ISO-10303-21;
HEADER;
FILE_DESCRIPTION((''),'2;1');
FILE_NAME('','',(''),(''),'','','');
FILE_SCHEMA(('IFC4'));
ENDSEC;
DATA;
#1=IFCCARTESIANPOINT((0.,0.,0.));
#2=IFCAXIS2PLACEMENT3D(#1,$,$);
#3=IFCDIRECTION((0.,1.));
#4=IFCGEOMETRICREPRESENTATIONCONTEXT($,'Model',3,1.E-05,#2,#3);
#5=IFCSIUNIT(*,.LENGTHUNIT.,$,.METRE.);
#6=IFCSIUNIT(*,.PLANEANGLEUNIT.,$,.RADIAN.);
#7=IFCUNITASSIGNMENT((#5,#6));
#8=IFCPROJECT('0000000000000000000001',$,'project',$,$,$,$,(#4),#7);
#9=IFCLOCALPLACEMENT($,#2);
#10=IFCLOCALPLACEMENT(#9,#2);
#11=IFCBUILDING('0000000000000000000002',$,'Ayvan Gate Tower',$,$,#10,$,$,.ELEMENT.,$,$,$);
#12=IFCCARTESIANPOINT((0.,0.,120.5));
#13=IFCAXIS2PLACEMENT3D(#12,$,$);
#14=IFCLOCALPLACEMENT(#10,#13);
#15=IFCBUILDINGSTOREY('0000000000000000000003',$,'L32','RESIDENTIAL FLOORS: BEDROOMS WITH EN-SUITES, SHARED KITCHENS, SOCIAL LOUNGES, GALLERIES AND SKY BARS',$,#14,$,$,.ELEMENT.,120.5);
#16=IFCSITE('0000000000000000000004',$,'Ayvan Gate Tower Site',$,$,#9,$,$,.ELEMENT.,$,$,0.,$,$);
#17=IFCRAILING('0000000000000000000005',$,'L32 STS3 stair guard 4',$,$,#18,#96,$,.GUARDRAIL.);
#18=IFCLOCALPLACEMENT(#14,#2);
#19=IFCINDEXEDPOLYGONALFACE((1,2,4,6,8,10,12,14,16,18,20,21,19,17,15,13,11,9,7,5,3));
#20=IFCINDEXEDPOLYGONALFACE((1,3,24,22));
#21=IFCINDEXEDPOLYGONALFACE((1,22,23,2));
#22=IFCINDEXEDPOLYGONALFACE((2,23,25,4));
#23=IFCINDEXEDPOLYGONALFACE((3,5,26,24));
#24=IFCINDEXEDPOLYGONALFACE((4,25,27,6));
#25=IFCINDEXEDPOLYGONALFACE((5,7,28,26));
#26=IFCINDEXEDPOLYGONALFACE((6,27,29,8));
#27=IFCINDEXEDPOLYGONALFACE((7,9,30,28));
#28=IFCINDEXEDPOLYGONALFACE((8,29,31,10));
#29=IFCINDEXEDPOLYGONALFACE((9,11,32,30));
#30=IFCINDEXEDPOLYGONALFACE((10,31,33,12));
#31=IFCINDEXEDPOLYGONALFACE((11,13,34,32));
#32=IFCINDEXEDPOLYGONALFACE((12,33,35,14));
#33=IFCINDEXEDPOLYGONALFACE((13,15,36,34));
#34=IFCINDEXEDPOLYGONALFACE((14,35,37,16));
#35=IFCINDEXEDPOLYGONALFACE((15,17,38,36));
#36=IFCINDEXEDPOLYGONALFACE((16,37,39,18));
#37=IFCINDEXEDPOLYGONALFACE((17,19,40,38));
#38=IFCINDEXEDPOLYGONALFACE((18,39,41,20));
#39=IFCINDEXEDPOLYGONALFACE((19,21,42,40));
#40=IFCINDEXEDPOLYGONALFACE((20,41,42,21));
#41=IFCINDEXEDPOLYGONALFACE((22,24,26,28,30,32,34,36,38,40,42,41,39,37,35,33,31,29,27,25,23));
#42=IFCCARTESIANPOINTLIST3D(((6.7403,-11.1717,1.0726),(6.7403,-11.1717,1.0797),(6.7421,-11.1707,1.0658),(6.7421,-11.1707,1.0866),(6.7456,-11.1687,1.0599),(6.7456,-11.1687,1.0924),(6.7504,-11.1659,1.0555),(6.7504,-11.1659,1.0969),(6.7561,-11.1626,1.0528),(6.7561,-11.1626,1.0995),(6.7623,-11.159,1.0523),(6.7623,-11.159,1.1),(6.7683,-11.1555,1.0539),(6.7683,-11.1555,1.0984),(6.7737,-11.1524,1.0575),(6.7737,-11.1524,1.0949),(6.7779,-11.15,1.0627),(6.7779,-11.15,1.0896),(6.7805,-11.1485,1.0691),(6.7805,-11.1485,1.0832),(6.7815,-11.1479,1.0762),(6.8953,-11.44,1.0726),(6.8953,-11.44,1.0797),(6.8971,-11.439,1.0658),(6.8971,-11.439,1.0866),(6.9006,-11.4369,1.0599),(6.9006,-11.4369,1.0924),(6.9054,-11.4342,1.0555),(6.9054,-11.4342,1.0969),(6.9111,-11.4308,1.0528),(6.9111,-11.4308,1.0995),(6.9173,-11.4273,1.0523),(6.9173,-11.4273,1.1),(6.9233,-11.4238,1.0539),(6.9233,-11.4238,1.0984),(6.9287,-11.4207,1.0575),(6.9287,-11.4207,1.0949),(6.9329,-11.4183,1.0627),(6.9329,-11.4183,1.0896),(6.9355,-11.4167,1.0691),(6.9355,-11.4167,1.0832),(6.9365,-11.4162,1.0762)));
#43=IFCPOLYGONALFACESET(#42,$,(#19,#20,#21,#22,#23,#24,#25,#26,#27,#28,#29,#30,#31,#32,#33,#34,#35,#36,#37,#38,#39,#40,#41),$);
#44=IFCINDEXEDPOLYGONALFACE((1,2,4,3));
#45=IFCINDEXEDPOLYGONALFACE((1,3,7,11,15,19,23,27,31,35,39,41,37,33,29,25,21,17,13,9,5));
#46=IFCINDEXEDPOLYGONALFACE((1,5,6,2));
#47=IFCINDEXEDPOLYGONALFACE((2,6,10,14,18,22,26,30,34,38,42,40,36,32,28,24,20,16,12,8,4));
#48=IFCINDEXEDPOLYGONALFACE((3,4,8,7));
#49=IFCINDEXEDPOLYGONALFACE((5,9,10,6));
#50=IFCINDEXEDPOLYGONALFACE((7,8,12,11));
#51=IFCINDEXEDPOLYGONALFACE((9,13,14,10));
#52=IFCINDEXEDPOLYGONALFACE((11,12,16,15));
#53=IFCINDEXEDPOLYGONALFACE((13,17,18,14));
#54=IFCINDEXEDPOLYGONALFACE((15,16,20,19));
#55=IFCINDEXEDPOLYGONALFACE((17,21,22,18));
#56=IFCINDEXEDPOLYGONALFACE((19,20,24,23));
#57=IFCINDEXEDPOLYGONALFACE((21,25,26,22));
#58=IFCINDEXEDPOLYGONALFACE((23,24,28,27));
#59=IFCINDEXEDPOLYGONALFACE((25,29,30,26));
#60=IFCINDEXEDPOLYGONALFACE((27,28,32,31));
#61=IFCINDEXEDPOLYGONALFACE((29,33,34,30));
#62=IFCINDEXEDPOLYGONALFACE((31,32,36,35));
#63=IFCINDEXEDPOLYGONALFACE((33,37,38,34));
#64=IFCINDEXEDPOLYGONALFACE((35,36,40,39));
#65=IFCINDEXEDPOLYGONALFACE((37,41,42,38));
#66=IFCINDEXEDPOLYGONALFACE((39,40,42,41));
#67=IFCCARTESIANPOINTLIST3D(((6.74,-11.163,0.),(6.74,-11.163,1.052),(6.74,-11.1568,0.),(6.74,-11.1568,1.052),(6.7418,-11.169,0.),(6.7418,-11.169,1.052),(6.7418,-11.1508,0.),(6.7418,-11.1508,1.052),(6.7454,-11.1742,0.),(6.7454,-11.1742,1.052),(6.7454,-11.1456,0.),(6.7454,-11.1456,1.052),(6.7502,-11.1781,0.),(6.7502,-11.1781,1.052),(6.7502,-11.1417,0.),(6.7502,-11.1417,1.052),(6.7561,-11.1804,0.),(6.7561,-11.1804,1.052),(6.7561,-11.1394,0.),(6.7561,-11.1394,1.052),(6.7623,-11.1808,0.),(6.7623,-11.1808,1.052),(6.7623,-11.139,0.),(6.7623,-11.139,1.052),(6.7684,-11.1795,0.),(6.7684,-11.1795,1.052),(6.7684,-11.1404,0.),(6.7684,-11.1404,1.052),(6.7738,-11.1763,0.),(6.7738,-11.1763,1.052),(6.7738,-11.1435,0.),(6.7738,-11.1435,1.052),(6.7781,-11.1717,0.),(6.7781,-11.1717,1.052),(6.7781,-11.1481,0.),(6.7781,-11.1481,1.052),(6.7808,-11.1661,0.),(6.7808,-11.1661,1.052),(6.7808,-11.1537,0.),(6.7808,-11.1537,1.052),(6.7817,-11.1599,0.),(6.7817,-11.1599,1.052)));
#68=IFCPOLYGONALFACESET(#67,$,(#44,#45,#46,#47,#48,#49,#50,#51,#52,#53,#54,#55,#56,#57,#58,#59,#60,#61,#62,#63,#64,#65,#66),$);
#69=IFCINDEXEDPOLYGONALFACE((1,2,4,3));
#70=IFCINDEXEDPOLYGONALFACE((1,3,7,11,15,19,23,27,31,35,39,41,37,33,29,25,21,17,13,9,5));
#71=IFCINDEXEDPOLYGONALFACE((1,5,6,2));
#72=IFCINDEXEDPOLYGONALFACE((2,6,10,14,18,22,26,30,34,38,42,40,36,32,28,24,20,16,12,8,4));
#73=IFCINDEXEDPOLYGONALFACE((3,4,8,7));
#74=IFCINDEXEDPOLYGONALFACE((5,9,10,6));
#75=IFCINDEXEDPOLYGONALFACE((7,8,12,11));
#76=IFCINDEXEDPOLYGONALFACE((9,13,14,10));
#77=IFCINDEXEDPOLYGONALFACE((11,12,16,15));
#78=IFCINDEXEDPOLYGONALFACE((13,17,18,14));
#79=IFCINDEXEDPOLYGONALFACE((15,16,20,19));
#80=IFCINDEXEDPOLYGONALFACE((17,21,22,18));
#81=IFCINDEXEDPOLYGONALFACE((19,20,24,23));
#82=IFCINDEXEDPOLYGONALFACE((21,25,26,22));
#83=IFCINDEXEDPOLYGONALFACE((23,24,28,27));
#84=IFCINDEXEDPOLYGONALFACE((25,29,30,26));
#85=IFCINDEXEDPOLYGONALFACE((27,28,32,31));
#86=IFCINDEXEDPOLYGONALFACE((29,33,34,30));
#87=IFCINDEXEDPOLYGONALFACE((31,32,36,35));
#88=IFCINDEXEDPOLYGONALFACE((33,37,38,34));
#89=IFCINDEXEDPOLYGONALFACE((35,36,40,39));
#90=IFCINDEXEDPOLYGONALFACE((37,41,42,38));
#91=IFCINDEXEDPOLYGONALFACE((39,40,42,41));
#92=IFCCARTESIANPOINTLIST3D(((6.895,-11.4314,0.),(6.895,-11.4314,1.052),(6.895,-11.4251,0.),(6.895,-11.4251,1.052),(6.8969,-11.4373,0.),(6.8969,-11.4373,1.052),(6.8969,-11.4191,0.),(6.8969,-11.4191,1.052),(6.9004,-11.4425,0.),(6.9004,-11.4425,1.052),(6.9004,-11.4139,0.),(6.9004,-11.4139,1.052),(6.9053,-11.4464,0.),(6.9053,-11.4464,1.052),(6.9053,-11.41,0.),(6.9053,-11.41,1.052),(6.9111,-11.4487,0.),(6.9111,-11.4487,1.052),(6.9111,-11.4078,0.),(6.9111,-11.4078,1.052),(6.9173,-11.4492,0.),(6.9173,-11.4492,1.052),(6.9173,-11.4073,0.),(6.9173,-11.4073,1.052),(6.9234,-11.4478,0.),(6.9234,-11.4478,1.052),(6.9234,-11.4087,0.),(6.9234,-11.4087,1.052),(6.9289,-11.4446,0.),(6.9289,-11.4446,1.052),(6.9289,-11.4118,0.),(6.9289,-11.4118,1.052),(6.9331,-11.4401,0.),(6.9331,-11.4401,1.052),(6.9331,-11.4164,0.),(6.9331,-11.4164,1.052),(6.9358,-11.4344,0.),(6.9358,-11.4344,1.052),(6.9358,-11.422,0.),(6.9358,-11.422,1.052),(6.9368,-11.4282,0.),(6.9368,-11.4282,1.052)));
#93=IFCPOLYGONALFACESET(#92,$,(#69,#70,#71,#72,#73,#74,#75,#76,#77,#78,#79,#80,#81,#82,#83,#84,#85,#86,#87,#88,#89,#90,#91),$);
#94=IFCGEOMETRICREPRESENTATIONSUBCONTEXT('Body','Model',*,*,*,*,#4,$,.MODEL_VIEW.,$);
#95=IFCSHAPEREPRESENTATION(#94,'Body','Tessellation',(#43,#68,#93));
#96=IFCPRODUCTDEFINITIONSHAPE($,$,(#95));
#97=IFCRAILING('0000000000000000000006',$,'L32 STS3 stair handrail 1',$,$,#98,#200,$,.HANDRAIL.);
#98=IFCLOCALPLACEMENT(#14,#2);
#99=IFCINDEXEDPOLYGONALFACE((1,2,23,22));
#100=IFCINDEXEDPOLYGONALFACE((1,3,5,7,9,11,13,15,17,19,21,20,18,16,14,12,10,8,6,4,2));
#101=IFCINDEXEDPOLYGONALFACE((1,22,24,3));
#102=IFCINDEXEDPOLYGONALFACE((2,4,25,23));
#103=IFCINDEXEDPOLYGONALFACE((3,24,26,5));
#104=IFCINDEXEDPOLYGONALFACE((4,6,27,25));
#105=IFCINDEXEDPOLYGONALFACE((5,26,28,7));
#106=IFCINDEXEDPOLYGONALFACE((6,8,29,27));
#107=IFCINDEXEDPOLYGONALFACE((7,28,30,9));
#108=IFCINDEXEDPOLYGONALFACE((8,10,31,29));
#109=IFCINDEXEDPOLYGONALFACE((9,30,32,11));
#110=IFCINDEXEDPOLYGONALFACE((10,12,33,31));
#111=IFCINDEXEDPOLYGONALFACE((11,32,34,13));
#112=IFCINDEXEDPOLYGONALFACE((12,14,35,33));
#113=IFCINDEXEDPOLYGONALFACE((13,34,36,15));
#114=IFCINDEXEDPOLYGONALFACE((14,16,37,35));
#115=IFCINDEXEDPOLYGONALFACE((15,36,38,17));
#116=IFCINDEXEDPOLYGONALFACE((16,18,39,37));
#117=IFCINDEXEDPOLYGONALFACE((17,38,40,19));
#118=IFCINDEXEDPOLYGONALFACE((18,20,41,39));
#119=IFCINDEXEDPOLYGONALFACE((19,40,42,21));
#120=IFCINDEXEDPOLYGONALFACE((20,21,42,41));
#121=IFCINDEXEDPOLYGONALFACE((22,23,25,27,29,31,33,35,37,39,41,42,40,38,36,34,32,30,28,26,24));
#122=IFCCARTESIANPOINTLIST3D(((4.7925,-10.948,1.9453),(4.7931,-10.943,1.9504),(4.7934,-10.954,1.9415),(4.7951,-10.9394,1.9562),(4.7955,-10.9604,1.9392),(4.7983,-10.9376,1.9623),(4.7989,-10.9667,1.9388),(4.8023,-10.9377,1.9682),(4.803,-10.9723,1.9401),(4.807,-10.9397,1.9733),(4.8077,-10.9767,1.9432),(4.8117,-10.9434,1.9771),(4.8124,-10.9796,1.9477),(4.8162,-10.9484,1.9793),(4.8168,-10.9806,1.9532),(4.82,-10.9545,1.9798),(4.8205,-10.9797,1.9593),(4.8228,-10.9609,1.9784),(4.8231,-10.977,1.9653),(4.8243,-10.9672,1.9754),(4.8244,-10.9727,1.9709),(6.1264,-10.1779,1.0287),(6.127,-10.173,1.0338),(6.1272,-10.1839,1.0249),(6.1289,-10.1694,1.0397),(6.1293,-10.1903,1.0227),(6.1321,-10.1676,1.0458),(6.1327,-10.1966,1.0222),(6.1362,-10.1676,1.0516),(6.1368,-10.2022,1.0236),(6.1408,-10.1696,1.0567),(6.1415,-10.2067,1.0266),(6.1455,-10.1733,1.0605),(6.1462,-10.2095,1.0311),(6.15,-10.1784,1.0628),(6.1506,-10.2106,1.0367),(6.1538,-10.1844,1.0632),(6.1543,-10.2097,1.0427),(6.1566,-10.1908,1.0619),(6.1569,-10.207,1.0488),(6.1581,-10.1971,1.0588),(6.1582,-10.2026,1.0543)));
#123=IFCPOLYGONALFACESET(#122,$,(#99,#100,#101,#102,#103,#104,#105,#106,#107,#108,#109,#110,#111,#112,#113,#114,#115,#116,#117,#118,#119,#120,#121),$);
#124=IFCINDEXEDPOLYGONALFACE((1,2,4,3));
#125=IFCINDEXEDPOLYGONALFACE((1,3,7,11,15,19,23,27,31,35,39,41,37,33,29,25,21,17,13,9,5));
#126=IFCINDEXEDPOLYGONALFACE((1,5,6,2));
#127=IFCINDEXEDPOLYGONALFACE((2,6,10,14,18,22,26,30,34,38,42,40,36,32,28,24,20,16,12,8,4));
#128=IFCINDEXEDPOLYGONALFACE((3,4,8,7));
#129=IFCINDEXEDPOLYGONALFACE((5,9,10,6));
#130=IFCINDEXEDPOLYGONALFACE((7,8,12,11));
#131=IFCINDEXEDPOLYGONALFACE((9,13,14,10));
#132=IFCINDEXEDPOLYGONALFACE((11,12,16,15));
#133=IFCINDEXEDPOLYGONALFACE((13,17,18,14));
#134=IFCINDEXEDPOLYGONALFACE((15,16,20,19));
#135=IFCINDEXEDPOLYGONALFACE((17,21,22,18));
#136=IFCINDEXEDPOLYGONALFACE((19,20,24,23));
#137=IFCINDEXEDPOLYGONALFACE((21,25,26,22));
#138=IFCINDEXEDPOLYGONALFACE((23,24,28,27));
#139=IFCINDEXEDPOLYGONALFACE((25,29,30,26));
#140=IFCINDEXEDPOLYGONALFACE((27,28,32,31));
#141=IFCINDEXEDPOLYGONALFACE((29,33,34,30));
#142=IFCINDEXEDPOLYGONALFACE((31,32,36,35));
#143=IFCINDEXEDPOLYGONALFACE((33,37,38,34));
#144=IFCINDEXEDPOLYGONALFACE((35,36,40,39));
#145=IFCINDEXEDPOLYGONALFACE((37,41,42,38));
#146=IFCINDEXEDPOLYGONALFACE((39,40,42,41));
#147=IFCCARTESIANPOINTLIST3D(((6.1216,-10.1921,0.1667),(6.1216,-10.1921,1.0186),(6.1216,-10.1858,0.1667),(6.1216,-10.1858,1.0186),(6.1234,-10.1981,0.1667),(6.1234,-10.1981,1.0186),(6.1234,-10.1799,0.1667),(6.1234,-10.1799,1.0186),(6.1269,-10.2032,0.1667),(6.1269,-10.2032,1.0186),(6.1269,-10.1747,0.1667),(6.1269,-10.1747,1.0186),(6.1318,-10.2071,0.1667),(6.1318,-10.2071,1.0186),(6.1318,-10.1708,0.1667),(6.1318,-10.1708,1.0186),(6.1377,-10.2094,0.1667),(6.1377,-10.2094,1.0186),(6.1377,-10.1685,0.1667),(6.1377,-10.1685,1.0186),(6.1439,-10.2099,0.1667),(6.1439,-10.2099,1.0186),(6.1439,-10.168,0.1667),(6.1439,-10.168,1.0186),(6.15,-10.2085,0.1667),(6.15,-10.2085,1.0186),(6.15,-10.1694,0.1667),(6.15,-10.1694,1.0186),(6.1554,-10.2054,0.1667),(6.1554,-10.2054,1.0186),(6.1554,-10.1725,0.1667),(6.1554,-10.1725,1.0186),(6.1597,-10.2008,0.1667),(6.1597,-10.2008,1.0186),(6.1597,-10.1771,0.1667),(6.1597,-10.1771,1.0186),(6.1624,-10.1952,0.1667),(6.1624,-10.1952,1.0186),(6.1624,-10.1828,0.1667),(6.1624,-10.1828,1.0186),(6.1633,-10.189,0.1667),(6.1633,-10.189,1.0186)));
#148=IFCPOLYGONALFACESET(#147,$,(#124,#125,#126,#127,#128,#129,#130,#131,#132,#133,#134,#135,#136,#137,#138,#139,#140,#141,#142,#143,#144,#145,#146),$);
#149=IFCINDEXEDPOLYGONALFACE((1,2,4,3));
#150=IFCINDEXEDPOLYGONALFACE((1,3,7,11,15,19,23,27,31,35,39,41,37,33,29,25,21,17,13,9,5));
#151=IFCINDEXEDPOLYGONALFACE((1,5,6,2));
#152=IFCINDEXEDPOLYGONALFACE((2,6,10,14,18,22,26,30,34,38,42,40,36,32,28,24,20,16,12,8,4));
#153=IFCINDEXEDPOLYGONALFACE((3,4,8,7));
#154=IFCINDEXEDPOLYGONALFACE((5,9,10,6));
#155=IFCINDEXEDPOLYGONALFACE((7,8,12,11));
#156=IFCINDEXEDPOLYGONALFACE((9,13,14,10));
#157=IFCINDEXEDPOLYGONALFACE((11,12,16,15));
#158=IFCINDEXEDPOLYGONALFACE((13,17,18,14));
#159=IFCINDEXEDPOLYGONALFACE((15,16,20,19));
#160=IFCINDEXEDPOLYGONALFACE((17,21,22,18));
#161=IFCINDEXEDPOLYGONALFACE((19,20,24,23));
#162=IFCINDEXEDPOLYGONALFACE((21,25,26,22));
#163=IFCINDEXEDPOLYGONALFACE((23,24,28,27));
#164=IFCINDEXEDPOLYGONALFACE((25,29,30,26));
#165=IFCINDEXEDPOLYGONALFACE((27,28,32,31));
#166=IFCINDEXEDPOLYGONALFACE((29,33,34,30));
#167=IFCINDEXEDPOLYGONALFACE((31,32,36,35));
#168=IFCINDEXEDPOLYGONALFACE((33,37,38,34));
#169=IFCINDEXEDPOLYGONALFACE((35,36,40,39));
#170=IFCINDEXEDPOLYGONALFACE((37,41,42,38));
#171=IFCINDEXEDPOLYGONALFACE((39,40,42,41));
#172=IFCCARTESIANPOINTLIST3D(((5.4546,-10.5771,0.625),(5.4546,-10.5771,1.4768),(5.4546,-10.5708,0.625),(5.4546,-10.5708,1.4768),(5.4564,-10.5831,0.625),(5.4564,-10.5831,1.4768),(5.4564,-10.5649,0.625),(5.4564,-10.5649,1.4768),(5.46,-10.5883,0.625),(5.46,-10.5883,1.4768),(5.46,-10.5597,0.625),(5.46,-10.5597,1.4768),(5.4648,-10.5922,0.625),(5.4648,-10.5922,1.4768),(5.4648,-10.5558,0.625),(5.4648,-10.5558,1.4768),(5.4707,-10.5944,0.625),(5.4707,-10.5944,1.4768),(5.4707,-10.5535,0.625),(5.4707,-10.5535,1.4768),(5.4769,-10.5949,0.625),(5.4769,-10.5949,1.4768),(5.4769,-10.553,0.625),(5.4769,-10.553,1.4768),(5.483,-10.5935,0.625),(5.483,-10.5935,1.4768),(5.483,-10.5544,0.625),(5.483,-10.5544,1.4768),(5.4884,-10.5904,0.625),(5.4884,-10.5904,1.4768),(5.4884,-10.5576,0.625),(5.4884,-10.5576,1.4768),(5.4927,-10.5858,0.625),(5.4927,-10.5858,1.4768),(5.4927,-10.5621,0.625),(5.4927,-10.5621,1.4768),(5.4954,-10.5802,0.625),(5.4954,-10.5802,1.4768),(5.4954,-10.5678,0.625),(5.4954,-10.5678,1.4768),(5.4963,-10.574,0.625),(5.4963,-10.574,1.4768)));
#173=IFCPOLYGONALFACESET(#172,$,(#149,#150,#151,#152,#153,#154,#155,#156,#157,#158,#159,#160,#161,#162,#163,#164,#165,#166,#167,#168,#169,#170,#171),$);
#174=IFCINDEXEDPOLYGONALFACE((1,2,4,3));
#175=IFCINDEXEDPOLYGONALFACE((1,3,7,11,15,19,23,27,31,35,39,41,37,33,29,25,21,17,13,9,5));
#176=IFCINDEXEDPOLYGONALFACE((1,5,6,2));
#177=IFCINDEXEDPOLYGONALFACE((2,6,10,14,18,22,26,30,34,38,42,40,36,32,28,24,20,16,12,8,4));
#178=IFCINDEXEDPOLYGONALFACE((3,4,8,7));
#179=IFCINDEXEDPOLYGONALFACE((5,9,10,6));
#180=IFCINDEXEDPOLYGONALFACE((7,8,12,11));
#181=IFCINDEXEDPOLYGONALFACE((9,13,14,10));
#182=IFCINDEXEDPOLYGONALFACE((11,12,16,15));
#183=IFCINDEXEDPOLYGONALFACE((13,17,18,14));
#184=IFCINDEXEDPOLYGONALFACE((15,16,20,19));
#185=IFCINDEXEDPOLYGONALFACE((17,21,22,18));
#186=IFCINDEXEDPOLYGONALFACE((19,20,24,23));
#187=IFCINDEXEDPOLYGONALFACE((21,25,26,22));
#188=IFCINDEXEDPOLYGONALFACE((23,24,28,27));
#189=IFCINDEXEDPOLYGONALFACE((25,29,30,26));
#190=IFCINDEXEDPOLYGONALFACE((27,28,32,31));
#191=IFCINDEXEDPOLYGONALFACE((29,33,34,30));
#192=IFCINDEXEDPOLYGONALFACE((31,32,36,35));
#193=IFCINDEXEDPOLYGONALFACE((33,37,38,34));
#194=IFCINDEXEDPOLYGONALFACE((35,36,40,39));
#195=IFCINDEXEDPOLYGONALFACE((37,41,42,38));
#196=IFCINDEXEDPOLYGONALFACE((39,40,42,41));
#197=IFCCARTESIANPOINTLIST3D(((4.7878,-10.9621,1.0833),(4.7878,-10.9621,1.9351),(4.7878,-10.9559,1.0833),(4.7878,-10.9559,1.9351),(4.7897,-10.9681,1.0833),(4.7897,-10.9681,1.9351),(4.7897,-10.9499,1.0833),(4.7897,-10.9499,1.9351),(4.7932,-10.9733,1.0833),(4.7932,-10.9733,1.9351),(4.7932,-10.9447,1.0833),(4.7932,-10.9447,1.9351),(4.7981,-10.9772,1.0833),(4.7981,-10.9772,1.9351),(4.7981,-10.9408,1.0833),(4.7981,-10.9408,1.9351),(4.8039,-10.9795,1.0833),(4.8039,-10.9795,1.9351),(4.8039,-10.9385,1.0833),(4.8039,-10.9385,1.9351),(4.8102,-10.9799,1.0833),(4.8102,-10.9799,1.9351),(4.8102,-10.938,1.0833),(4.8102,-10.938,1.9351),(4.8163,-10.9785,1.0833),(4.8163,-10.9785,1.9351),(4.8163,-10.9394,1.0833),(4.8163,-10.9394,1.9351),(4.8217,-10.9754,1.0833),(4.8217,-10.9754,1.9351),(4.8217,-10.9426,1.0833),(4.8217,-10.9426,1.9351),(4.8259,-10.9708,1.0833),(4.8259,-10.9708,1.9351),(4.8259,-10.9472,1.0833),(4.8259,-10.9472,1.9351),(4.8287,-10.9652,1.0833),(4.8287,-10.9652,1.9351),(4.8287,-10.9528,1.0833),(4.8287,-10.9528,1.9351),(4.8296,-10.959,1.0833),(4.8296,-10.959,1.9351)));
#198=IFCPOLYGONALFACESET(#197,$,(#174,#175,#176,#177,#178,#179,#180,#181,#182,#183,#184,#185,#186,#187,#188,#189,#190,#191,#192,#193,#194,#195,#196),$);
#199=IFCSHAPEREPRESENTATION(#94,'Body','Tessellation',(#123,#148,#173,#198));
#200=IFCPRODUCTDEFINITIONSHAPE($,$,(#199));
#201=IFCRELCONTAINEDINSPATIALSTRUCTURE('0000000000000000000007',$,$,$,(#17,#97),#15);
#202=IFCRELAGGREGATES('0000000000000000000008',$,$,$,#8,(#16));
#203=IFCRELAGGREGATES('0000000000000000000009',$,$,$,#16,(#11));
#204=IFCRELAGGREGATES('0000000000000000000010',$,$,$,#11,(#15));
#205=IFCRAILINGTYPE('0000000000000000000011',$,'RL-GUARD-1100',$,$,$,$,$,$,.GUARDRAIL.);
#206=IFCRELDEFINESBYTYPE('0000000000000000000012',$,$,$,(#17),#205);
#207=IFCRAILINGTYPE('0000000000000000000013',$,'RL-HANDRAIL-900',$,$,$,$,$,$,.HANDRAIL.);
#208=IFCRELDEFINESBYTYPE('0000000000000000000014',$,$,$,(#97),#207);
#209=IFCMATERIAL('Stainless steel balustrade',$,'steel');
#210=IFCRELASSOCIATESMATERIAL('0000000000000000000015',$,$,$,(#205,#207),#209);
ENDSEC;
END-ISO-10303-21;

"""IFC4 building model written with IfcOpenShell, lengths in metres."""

from ifc_helpers import new_model, si_unit, direction, frame, origin, origin_2d, place, context, subcontext, project, spatial, circle, extrude, material, type_object, element, save


model = new_model("IFC4")

# Units and contexts
model_context = context("Model", 3, precision=1e-05, world=origin(), true_north=direction((0.0, 1.0)))
body_context = subcontext(model_context, "Body", "Model", "MODEL_VIEW")
ifc_project = project(units=[si_unit("LENGTHUNIT", "METRE"), si_unit("PLANEANGLEUNIT", "RADIAN")], contexts=[model_context])

# Site, building, storey
site_placement = place(None, origin())
site = spatial("IfcSite", under=ifc_project, at=site_placement, Name="Ayvan Gate Tower Site", CompositionType="ELEMENT", RefElevation=0.0)
building_placement = place(site_placement, origin())
building = spatial("IfcBuilding", under=site, at=building_placement, Name="Ayvan Gate Tower", CompositionType="ELEMENT")
storey_placement = place(building_placement, frame((0.0, 0.0, 120.5)))
storey = spatial("IfcBuildingStorey", under=building, at=storey_placement, Name="L32", Description="RESIDENTIAL FLOORS: BEDROOMS WITH EN-SUITES, SHARED KITCHENS, SOCIAL LOUNGES, GALLERIES AND SKY BARS", CompositionType="ELEMENT", Elevation=120.5)

# Railings
ifc_material_1 = material(Name="Stainless steel balustrade", Category="steel")
railing_type_1 = type_object("IfcRailingType", Name="RL-GUARD-1100", PredefinedType="GUARDRAIL", material=ifc_material_1)
railing_1_placement = place(storey_placement, frame((6.7607, -11.1599, 0.0)))
element("IfcRailing", 1, at=railing_1_placement, inside=storey, type_object=railing_type_1, Name="L32 STS3 stair guard 4", PredefinedType="GUARDRAIL", context=body_context, shape_type="SweptSolid", body=[
    extrude(circle(Radius=0.0239, at=origin_2d()), frame((0.0, 0.0, 1.0762), z_axis=(0.500291, -0.865857, 0.0), x_axis=(0.865857, 0.500291, 0.0)), (0.0, 0.0, 1.0), 0.3098),
    extrude(circle(Radius=0.021, at=origin_2d()), origin(), (0.0, 0.0, 1.0), 1.052),
    extrude(circle(Radius=0.021, at=origin_2d()), frame((0.155, -0.2683, 0.0)), (0.0, 0.0, 1.0), 1.052),
])
railing_type_2 = type_object("IfcRailingType", Name="RL-HANDRAIL-900", PredefinedType="HANDRAIL", material=ifc_material_1)
railing_2_placement = place(storey_placement, frame((6.1423, -10.189, 0.1667)))
element("IfcRailing", 2, at=railing_2_placement, inside=storey, type_object=railing_type_2, Name="L32 STS3 stair handrail 1", PredefinedType="HANDRAIL", context=body_context, shape_type="SweptSolid", body=[
    extrude(circle(Radius=0.0239, at=origin_2d()), frame((0.0, 0.0, 0.876), z_axis=(-0.744216, -0.429664, 0.511401), x_axis=(0.499992, -0.86603, 0.0)), (0.0, 0.0, 1.0), 1.7922),
    extrude(circle(Radius=0.021, at=origin_2d()), origin(), (0.0, 0.0, 1.0), 0.8518),
    extrude(circle(Radius=0.021, at=origin_2d()), frame((-0.667, -0.385, 0.4583)), (0.0, 0.0, 1.0), 0.8518),
    extrude(circle(Radius=0.021, at=origin_2d()), frame((-1.3337, -0.77, 0.9165)), (0.0, 0.0, 1.0), 0.8518),
])

save(model, "model.ifc")
